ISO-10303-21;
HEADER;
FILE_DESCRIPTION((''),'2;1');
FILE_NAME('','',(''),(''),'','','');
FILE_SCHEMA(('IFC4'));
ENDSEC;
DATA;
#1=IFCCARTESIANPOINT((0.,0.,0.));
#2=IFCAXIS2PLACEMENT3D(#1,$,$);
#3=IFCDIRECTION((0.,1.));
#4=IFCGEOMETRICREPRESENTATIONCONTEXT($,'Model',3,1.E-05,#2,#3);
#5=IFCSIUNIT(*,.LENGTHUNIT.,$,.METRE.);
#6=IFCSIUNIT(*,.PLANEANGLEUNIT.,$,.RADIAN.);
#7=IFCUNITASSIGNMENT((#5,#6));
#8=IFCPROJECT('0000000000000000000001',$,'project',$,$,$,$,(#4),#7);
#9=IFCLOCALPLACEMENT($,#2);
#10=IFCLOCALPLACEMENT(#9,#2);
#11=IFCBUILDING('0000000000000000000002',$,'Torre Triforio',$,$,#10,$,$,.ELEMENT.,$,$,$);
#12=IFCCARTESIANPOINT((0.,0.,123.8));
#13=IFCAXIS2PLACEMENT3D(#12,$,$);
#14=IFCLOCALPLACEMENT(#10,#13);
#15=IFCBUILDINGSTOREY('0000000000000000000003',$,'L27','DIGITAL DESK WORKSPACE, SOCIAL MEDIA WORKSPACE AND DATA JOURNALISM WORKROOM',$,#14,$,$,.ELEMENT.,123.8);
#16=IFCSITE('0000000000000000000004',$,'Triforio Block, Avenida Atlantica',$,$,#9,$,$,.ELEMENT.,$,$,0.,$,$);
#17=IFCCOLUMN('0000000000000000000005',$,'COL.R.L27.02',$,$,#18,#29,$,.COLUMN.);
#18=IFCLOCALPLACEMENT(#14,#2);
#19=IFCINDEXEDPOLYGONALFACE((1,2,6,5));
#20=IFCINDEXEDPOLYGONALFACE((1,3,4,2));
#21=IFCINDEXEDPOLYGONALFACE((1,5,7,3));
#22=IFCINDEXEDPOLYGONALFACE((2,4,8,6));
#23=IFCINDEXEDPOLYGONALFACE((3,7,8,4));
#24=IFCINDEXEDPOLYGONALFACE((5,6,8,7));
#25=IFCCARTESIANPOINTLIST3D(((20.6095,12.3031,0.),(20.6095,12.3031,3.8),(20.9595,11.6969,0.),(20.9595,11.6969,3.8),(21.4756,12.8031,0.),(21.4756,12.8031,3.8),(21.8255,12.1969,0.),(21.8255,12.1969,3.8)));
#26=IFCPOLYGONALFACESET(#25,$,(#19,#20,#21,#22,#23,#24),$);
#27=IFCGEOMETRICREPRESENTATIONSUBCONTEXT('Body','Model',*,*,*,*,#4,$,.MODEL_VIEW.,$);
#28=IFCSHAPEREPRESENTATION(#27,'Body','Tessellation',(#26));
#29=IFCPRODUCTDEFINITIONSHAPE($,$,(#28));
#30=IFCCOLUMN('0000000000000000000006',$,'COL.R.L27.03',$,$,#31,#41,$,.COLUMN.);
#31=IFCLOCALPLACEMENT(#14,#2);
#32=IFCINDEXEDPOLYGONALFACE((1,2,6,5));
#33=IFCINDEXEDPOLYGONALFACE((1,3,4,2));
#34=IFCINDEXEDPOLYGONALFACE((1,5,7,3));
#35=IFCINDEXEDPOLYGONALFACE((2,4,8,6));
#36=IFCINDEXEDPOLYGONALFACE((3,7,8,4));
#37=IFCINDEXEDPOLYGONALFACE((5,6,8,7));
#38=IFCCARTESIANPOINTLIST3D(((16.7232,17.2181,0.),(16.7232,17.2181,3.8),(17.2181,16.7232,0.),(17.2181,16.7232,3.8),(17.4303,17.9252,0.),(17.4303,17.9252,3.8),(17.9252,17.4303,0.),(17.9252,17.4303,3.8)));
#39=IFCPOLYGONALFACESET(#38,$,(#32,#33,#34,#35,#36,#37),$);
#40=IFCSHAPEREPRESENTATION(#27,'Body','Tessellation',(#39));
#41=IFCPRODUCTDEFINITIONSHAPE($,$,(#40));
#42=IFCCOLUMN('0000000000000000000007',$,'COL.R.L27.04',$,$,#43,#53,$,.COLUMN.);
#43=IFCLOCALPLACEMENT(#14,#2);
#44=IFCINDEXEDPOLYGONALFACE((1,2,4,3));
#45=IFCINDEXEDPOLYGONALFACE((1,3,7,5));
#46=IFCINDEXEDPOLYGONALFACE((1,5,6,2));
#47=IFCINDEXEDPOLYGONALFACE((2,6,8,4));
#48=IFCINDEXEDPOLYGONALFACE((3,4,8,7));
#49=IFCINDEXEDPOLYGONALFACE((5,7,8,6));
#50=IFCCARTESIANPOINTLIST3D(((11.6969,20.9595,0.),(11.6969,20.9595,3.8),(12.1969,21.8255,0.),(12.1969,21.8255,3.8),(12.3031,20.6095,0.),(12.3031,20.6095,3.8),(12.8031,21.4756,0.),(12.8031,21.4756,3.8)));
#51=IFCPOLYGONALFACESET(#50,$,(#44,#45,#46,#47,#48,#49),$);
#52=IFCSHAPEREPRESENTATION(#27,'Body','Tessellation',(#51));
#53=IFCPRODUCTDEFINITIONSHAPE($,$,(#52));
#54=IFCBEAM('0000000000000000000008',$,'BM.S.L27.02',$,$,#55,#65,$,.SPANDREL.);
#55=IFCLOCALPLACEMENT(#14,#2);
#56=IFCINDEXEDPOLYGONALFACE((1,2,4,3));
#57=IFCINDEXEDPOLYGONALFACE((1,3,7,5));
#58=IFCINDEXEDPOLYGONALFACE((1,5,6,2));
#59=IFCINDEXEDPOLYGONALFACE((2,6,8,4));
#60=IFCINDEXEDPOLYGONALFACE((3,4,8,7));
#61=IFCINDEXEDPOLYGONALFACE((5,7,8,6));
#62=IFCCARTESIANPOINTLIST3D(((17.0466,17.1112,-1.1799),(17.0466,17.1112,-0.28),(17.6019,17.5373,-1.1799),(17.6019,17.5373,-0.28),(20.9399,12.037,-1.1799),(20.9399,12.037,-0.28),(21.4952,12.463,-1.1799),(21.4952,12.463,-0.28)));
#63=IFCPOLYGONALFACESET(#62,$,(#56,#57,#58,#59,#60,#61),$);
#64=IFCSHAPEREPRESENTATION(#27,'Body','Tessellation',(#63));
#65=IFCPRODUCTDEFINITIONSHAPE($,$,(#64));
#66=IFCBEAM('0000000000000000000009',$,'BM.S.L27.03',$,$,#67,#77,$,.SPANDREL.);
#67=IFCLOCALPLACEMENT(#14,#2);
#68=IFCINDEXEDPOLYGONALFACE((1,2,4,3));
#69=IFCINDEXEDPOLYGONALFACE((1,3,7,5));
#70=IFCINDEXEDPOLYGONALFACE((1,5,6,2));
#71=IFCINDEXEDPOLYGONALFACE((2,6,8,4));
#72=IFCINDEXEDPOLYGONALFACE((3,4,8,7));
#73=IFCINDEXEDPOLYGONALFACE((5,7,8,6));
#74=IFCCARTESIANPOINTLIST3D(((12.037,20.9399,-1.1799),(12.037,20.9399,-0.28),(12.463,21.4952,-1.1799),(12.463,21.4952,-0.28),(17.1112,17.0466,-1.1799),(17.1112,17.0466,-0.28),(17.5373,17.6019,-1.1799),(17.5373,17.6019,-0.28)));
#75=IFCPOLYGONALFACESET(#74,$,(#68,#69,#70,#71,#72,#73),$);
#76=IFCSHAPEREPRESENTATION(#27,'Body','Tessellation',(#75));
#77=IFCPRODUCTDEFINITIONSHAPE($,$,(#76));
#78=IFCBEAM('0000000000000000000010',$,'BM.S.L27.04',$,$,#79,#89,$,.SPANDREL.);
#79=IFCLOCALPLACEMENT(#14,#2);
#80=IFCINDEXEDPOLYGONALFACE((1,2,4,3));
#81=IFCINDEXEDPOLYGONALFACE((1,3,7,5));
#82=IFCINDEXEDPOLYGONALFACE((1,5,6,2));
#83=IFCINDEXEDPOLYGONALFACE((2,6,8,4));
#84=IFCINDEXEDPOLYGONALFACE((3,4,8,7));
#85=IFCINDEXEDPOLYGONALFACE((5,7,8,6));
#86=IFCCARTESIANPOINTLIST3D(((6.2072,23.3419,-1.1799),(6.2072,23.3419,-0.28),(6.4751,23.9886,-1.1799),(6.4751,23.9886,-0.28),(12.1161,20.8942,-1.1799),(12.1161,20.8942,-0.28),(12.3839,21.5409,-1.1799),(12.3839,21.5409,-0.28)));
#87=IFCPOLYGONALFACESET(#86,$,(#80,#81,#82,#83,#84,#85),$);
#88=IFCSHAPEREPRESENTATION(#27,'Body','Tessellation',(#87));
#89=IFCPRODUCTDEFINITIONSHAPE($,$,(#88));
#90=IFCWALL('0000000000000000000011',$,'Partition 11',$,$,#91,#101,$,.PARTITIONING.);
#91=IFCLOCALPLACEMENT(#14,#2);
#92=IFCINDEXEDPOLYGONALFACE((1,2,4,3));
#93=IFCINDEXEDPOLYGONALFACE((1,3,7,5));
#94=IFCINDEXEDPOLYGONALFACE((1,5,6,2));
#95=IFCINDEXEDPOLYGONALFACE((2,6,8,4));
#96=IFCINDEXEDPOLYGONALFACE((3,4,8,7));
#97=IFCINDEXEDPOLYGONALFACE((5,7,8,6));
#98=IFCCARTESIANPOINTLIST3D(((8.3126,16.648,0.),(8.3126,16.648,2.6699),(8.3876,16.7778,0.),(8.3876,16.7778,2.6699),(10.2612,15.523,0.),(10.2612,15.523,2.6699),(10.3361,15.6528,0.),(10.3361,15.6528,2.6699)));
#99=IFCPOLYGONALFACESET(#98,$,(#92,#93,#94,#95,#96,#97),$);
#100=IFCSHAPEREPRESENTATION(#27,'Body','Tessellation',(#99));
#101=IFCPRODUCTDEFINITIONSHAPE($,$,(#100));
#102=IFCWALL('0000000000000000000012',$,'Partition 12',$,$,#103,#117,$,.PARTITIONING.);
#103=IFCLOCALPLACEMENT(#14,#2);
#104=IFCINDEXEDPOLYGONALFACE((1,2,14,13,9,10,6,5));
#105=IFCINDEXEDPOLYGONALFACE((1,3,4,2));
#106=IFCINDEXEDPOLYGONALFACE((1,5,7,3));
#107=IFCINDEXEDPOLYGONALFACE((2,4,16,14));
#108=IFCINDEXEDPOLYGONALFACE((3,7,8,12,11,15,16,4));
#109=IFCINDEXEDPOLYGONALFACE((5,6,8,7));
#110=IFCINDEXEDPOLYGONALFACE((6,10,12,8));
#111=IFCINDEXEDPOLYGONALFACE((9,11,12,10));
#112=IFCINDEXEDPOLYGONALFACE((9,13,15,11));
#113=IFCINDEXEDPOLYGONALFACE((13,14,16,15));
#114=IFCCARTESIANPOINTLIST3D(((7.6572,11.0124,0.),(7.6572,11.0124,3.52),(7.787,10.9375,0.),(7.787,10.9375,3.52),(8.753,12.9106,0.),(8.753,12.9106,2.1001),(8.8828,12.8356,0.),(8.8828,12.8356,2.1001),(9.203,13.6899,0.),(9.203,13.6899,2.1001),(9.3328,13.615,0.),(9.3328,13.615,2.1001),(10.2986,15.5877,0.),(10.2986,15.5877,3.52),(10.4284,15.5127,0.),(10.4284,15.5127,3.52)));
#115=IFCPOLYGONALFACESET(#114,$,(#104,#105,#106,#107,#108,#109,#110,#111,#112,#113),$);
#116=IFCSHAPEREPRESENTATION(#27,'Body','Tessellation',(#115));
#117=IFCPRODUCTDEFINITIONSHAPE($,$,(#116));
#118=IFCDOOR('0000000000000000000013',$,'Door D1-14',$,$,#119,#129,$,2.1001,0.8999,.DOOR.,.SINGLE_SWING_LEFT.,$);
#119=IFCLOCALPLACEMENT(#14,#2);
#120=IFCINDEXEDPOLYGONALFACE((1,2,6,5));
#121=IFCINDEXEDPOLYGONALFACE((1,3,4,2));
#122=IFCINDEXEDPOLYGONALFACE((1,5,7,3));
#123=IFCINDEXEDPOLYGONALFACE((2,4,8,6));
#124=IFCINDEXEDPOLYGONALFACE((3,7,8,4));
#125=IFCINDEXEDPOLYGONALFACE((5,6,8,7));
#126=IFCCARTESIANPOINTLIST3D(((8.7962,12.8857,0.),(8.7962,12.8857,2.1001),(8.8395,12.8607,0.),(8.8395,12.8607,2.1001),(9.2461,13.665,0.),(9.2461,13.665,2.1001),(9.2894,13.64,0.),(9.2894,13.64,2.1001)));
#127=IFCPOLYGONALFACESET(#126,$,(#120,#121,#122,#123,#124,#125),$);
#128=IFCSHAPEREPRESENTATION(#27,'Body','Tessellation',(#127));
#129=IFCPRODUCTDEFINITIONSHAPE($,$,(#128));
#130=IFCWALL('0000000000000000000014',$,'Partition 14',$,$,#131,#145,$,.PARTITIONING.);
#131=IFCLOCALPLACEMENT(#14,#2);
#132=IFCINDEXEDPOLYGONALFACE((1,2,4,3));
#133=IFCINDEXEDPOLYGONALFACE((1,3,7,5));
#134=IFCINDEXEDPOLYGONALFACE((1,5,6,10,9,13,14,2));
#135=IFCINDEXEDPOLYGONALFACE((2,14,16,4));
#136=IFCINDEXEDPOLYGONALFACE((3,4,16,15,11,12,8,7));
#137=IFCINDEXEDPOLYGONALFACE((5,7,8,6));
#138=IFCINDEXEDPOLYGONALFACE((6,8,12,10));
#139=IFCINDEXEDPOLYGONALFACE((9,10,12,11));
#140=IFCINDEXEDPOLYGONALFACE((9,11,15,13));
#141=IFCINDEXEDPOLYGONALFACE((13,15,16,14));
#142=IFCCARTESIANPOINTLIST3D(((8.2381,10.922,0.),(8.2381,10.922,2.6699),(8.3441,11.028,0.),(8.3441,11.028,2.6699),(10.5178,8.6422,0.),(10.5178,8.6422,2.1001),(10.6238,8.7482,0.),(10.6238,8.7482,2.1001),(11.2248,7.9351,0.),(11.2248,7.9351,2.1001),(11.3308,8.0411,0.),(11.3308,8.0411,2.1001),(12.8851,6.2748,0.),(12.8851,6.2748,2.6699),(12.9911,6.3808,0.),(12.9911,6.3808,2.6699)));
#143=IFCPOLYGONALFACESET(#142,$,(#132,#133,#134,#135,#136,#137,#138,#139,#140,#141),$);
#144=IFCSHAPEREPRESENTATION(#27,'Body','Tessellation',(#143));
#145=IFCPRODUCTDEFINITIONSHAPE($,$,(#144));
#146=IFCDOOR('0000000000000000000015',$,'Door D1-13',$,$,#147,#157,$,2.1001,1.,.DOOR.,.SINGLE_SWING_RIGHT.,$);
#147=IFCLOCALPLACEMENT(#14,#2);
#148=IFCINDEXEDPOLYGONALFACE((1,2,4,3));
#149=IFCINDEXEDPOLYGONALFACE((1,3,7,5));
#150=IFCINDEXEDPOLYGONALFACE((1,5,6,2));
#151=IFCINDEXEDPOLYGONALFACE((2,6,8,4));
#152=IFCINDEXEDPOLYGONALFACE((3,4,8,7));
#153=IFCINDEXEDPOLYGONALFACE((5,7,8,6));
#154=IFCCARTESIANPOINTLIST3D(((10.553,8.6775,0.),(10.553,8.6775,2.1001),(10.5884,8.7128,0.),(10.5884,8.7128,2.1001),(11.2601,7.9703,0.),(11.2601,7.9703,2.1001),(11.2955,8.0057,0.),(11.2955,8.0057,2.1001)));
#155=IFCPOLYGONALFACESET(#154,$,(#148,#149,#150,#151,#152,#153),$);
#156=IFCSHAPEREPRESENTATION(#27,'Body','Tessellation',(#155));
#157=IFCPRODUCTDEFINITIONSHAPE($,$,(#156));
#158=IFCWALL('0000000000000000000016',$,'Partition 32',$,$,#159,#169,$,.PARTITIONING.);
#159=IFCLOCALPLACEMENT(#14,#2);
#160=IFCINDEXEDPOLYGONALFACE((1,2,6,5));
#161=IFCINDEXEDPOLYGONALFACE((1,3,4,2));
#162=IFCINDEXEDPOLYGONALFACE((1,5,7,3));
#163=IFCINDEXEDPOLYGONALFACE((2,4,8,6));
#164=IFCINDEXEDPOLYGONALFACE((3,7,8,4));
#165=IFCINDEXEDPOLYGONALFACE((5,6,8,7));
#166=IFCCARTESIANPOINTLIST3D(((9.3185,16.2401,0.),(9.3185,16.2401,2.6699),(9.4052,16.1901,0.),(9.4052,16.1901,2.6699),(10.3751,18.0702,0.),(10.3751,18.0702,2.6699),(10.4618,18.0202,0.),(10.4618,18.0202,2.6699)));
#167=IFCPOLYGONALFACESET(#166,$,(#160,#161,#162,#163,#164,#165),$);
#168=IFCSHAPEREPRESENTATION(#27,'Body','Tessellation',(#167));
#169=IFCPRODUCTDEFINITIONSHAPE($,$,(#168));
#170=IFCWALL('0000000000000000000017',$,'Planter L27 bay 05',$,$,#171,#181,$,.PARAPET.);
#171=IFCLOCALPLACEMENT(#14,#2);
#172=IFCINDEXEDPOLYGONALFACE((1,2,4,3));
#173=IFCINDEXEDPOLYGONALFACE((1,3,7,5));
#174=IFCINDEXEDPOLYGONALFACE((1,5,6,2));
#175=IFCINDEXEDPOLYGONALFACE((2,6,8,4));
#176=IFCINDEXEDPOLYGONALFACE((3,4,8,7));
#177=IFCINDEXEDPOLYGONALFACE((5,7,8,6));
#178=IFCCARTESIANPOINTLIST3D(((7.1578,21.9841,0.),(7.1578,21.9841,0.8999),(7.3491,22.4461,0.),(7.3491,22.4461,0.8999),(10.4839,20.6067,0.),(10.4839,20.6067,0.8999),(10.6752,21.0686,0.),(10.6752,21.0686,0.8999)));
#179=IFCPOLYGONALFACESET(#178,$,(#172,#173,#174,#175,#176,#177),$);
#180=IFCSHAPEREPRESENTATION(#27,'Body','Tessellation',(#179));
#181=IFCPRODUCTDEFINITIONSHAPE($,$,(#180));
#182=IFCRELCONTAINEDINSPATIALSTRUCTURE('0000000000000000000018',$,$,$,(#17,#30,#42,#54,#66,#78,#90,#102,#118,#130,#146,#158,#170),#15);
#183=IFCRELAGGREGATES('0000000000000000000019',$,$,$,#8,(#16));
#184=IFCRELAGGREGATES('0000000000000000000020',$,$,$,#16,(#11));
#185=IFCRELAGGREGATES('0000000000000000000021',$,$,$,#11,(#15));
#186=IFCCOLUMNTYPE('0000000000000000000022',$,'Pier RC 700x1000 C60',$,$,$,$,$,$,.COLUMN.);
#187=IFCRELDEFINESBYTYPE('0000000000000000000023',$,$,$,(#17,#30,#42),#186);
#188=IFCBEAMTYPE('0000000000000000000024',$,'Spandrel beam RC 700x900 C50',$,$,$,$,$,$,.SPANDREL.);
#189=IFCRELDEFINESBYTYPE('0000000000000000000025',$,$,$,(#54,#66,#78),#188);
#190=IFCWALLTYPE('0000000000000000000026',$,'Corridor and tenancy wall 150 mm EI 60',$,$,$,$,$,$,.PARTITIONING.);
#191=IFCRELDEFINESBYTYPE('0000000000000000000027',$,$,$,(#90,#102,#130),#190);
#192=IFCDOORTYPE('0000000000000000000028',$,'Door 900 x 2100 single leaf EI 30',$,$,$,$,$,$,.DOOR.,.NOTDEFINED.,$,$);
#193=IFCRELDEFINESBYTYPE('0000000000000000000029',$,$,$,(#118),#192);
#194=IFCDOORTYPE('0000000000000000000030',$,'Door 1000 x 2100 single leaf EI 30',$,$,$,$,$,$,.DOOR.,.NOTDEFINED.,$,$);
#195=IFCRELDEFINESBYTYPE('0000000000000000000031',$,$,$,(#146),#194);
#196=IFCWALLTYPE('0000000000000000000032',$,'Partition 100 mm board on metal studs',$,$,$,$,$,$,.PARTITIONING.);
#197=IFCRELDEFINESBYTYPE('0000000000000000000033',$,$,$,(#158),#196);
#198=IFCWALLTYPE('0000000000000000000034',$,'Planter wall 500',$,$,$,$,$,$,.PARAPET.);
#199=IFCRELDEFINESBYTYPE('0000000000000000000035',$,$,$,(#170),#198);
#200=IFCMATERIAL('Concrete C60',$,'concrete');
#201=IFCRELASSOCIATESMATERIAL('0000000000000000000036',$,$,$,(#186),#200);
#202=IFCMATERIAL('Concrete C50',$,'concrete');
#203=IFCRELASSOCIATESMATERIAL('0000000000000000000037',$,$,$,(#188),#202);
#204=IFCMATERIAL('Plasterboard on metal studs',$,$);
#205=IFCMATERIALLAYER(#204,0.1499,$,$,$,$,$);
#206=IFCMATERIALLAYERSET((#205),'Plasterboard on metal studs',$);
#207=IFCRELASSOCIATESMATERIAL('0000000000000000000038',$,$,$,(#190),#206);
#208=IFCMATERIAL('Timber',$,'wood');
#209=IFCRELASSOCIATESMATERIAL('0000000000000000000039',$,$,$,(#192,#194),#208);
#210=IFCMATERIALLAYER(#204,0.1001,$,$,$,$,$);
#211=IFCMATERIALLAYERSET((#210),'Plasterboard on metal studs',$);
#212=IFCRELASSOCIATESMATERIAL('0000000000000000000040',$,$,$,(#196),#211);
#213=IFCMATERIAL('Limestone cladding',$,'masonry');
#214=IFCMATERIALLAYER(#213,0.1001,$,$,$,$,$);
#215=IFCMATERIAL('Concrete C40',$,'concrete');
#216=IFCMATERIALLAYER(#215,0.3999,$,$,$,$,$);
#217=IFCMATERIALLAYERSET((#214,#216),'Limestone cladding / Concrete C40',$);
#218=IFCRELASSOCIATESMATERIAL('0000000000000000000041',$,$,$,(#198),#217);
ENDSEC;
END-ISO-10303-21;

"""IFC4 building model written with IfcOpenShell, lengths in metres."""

from ifc_helpers import new_model, si_unit, direction, frame, frame_2d, origin, origin_2d, place, context, subcontext, project, spatial, rectangle, extrude, material, layer, layer_set, material_profile, profile_set, type_object, element, fill, save


model = new_model("IFC4")

# Units and contexts
model_context = context("Model", 3, precision=1e-05, world=origin(), true_north=direction((0.0, 1.0)))
body_context = subcontext(model_context, "Body", "Model", "MODEL_VIEW")
ifc_project = project(units=[si_unit("LENGTHUNIT", "METRE"), si_unit("PLANEANGLEUNIT", "RADIAN")], contexts=[model_context])

# Site, building, storey
site_placement = place(None, origin())
site = spatial("IfcSite", under=ifc_project, at=site_placement, Name="Triforio Block, Avenida Atlantica", CompositionType="ELEMENT", RefElevation=0.0)
building_placement = place(site_placement, origin())
building = spatial("IfcBuilding", under=site, at=building_placement, Name="Torre Triforio", CompositionType="ELEMENT")
storey_placement = place(building_placement, frame((0.0, 0.0, 123.8)))
storey = spatial("IfcBuildingStorey", under=building, at=storey_placement, Name="L27", Description="DIGITAL DESK WORKSPACE, SOCIAL MEDIA WORKSPACE AND DATA JOURNALISM WORKROOM", CompositionType="ELEMENT", Elevation=123.8)

# Columns
ifc_material_1 = material(Name="Concrete C60", Category="concrete")
ifc_material_profile_1 = material_profile(ifc_material_1, rectangle(XDim=0.7, YDim=1.0, at=origin_2d()), Name="RC 700x1000")
ifc_profile_set_1 = profile_set([ifc_material_profile_1], Name="Concrete C60")
column_type = type_object("IfcColumnType", Name="Pier RC 700x1000 C60", PredefinedType="COLUMN", material=ifc_profile_set_1)
for number, where, z_axis, x_axis, name in (
    (1, (21.2175, 12.25, 0.0), (0.0, 0.0, 1.0), (-0.5, 0.866025, 0.0), "COL.R.L27.02"),
    (2, (17.3242, 17.3242, 0.0), (0.0, 0.0, 1.0), (-0.707107, 0.707107, 0.0), "COL.R.L27.03"),
    (3, (12.25, 21.2175, 0.0), (0.0, 0.0, 1.0), (-0.866025, 0.5, 0.0), "COL.R.L27.04"),
):
    element("IfcColumn", number, at=place(storey_placement, frame(where, z_axis=z_axis, x_axis=x_axis)), inside=storey, type_object=column_type, Name=name, PredefinedType="COLUMN", context=body_context, shape_type="SweptSolid", body=[
        extrude(rectangle(XDim=0.7, YDim=1.0, at=origin_2d()), origin(), (0.0, 0.0, 1.0), 3.8),
    ])

# Beams
ifc_material_2 = material(Name="Concrete C50", Category="concrete")
ifc_material_profile_2 = material_profile(ifc_material_2, rectangle(XDim=0.7, YDim=0.8999, at=origin_2d()), Name="RC 700x900")
ifc_profile_set_2 = profile_set([ifc_material_profile_2], Name="Concrete C50")
beam_type = type_object("IfcBeamType", Name="Spandrel beam RC 700x900 C50", PredefinedType="SPANDREL", material=ifc_profile_set_2)
for number, where, z_axis, x_axis, name in (
    (4, (21.2175, 12.25, -0.73), (-0.608734, 0.793374, 0.0), (-0.793374, -0.608734, 0.0), "BM.S.L27.02"),
    (5, (17.3242, 17.3242, -0.73), (-0.793374, 0.608734, 0.0), (-0.608734, -0.793374, 0.0), "BM.S.L27.03"),
    (6, (12.25, 21.2175, -0.73), (-0.923869, 0.382709, 0.0), (-0.382709, -0.923869, 0.0), "BM.S.L27.04"),
):
    element("IfcBeam", number, at=place(storey_placement, frame(where, z_axis=z_axis, x_axis=x_axis)), inside=storey, type_object=beam_type, Name=name, PredefinedType="SPANDREL", context=body_context, shape_type="SweptSolid", body=[
        extrude(rectangle(XDim=0.7, YDim=0.8999, at=origin_2d()), origin(), (0.0, 0.0, 1.0), 6.3958),
    ])

# Wall
ifc_material_3 = material(Name="Plasterboard on metal studs")
ifc_layer_1 = layer(ifc_material_3, 0.1499)
ifc_layer_set_1 = layer_set([ifc_layer_1], Name="Plasterboard on metal studs")
wall_type_1 = type_object("IfcWallType", Name="Corridor and tenancy wall 150 mm EI 60", PredefinedType="PARTITIONING", material=ifc_layer_set_1)
wall_1_placement = place(storey_placement, frame((8.3501, 16.7129, 0.0), z_axis=(0.0, 0.0, 1.0), x_axis=(0.866018, -0.500014, 0.0)))
element("IfcWall", 7, at=wall_1_placement, inside=storey, type_object=wall_type_1, Name="Partition 11", PredefinedType="PARTITIONING", context=body_context, shape_type="SweptSolid", body=[
    extrude(rectangle(XDim=2.25, YDim=0.1499, at=frame_2d((1.125, 0.0))), origin(), (0.0, 0.0, 1.0), 2.6699),
])

# Walls, openings, doors
wall_2_placement = place(storey_placement, frame((10.3635, 15.5503, 0.0), z_axis=(0.0, 0.0, 1.0), x_axis=(-0.499981, -0.866036, 0.0)))
wall_2 = element("IfcWall", 8, at=wall_2_placement, inside=storey, type_object=wall_type_1, Name="Partition 12", PredefinedType="PARTITIONING", context=body_context, shape_type="SweptSolid", body=[
    extrude(rectangle(XDim=5.283, YDim=0.1499, at=frame_2d((2.6416, 0.0))), origin(), (0.0, 0.0, 1.0), 3.52),
])
opening_1_placement = place(wall_2_placement, frame((2.1914, 0.0, 0.0)))
opening_1 = element("IfcOpeningElement", 9, at=opening_1_placement, cuts=wall_2, PredefinedType="OPENING", context=body_context, shape_type="SweptSolid", body=[
    extrude(rectangle(XDim=0.8999, YDim=2.1001, at=frame_2d((0.45, 1.05))), frame((0.0, 0.085, 0.0), z_axis=(0.0, -1.0, 0.0), x_axis=(1.0, 0.0, 0.0)), (0.0, 0.0, 1.0), 0.1699),
])
ifc_material_4 = material(Name="Timber", Category="wood")
door_type_1 = type_object("IfcDoorType", Name="Door 900 x 2100 single leaf EI 30", OperationType="NOTDEFINED", PredefinedType="DOOR", material=ifc_material_4)
door_1_placement = place(opening_1_placement, origin())
door_1 = element("IfcDoor", 10, at=door_1_placement, inside=storey, type_object=door_type_1, Name="Door D1-14", OperationType="SINGLE_SWING_LEFT", OverallHeight=2.1001, OverallWidth=0.8999, PredefinedType="DOOR", context=body_context, shape_type="SweptSolid", body=[
    extrude(rectangle(XDim=0.8999, YDim=2.1001, at=frame_2d((0.45, 1.05))), frame((0.0, 0.0249, 0.0), z_axis=(0.0, -1.0, 0.0), x_axis=(1.0, 0.0, 0.0)), (0.0, 0.0, 1.0), 0.05),
])
fill(opening_1, door_1)
wall_3_placement = place(storey_placement, frame((8.291, 10.9751, 0.0), z_axis=(0.0, 0.0, 1.0), x_axis=(0.707088, -0.707125, 0.0)))
wall_3 = element("IfcWall", 11, at=wall_3_placement, inside=storey, type_object=wall_type_1, Name="Partition 14", PredefinedType="PARTITIONING", context=body_context, shape_type="SweptSolid", body=[
    extrude(rectangle(XDim=6.572, YDim=0.1499, at=frame_2d((3.2861, 0.0))), origin(), (0.0, 0.0, 1.0), 2.6699),
])
opening_2_placement = place(wall_3_placement, frame((3.2241, 0.0, 0.0)))
opening_2 = element("IfcOpeningElement", 12, at=opening_2_placement, cuts=wall_3, PredefinedType="OPENING", context=body_context, shape_type="SweptSolid", body=[
    extrude(rectangle(XDim=1.0, YDim=2.1001, at=frame_2d((0.5, 1.05))), frame((0.0, 0.085, 0.0), z_axis=(0.0, -1.0, 0.0), x_axis=(1.0, 0.0, 0.0)), (0.0, 0.0, 1.0), 0.1699),
])
door_type_2 = type_object("IfcDoorType", Name="Door 1000 x 2100 single leaf EI 30", OperationType="NOTDEFINED", PredefinedType="DOOR", material=ifc_material_4)
door_2_placement = place(opening_2_placement, origin())
door_2 = element("IfcDoor", 13, at=door_2_placement, inside=storey, type_object=door_type_2, Name="Door D1-13", OperationType="SINGLE_SWING_RIGHT", OverallHeight=2.1001, OverallWidth=1.0, PredefinedType="DOOR", context=body_context, shape_type="SweptSolid", body=[
    extrude(rectangle(XDim=1.0, YDim=2.1001, at=frame_2d((0.5, 1.05))), frame((0.0, 0.0249, 0.0), z_axis=(0.0, -1.0, 0.0), x_axis=(1.0, 0.0, 0.0)), (0.0, 0.0, 1.0), 0.05),
])
fill(opening_2, door_2)

# Walls
ifc_layer_2 = layer(ifc_material_3, 0.1001)
ifc_layer_set_2 = layer_set([ifc_layer_2], Name="Plasterboard on metal studs")
wall_type_2 = type_object("IfcWallType", Name="Partition 100 mm board on metal studs", PredefinedType="PARTITIONING", material=ifc_layer_set_2)
wall_4_placement = place(storey_placement, frame((9.3618, 16.2151, 0.0), z_axis=(0.0, 0.0, 1.0), x_axis=(0.500016, 0.866016, 0.0)))
element("IfcWall", 14, at=wall_4_placement, inside=storey, type_object=wall_type_2, Name="Partition 32", PredefinedType="PARTITIONING", context=body_context, shape_type="SweptSolid", body=[
    extrude(rectangle(XDim=2.1133, YDim=0.1001, at=frame_2d((1.0566, 0.0))), origin(), (0.0, 0.0, 1.0), 2.6699),
])
ifc_material_5 = material(Name="Limestone cladding", Category="masonry")
ifc_layer_3 = layer(ifc_material_5, 0.1001)
ifc_material_6 = material(Name="Concrete C40", Category="concrete")
ifc_layer_4 = layer(ifc_material_6, 0.3999)
ifc_layer_set_3 = layer_set([ifc_layer_3, ifc_layer_4], Name="Limestone cladding / Concrete C40")
wall_type_3 = type_object("IfcWallType", Name="Planter wall 500", PredefinedType="PARAPET", material=ifc_layer_set_3)
wall_5_placement = place(storey_placement, frame((10.5796, 20.8376, 0.0), z_axis=(0.0, 0.0, 1.0), x_axis=(-0.923909, 0.382611, 0.0)))
element("IfcWall", 15, at=wall_5_placement, inside=storey, type_object=wall_type_3, Name="Planter L27 bay 05", PredefinedType="PARAPET", context=body_context, shape_type="SweptSolid", body=[
    extrude(rectangle(XDim=3.6001, YDim=0.5, at=frame_2d((1.8, 0.0))), origin(), (0.0, 0.0, 1.0), 0.8999),
])

save(model, "model.ifc")
